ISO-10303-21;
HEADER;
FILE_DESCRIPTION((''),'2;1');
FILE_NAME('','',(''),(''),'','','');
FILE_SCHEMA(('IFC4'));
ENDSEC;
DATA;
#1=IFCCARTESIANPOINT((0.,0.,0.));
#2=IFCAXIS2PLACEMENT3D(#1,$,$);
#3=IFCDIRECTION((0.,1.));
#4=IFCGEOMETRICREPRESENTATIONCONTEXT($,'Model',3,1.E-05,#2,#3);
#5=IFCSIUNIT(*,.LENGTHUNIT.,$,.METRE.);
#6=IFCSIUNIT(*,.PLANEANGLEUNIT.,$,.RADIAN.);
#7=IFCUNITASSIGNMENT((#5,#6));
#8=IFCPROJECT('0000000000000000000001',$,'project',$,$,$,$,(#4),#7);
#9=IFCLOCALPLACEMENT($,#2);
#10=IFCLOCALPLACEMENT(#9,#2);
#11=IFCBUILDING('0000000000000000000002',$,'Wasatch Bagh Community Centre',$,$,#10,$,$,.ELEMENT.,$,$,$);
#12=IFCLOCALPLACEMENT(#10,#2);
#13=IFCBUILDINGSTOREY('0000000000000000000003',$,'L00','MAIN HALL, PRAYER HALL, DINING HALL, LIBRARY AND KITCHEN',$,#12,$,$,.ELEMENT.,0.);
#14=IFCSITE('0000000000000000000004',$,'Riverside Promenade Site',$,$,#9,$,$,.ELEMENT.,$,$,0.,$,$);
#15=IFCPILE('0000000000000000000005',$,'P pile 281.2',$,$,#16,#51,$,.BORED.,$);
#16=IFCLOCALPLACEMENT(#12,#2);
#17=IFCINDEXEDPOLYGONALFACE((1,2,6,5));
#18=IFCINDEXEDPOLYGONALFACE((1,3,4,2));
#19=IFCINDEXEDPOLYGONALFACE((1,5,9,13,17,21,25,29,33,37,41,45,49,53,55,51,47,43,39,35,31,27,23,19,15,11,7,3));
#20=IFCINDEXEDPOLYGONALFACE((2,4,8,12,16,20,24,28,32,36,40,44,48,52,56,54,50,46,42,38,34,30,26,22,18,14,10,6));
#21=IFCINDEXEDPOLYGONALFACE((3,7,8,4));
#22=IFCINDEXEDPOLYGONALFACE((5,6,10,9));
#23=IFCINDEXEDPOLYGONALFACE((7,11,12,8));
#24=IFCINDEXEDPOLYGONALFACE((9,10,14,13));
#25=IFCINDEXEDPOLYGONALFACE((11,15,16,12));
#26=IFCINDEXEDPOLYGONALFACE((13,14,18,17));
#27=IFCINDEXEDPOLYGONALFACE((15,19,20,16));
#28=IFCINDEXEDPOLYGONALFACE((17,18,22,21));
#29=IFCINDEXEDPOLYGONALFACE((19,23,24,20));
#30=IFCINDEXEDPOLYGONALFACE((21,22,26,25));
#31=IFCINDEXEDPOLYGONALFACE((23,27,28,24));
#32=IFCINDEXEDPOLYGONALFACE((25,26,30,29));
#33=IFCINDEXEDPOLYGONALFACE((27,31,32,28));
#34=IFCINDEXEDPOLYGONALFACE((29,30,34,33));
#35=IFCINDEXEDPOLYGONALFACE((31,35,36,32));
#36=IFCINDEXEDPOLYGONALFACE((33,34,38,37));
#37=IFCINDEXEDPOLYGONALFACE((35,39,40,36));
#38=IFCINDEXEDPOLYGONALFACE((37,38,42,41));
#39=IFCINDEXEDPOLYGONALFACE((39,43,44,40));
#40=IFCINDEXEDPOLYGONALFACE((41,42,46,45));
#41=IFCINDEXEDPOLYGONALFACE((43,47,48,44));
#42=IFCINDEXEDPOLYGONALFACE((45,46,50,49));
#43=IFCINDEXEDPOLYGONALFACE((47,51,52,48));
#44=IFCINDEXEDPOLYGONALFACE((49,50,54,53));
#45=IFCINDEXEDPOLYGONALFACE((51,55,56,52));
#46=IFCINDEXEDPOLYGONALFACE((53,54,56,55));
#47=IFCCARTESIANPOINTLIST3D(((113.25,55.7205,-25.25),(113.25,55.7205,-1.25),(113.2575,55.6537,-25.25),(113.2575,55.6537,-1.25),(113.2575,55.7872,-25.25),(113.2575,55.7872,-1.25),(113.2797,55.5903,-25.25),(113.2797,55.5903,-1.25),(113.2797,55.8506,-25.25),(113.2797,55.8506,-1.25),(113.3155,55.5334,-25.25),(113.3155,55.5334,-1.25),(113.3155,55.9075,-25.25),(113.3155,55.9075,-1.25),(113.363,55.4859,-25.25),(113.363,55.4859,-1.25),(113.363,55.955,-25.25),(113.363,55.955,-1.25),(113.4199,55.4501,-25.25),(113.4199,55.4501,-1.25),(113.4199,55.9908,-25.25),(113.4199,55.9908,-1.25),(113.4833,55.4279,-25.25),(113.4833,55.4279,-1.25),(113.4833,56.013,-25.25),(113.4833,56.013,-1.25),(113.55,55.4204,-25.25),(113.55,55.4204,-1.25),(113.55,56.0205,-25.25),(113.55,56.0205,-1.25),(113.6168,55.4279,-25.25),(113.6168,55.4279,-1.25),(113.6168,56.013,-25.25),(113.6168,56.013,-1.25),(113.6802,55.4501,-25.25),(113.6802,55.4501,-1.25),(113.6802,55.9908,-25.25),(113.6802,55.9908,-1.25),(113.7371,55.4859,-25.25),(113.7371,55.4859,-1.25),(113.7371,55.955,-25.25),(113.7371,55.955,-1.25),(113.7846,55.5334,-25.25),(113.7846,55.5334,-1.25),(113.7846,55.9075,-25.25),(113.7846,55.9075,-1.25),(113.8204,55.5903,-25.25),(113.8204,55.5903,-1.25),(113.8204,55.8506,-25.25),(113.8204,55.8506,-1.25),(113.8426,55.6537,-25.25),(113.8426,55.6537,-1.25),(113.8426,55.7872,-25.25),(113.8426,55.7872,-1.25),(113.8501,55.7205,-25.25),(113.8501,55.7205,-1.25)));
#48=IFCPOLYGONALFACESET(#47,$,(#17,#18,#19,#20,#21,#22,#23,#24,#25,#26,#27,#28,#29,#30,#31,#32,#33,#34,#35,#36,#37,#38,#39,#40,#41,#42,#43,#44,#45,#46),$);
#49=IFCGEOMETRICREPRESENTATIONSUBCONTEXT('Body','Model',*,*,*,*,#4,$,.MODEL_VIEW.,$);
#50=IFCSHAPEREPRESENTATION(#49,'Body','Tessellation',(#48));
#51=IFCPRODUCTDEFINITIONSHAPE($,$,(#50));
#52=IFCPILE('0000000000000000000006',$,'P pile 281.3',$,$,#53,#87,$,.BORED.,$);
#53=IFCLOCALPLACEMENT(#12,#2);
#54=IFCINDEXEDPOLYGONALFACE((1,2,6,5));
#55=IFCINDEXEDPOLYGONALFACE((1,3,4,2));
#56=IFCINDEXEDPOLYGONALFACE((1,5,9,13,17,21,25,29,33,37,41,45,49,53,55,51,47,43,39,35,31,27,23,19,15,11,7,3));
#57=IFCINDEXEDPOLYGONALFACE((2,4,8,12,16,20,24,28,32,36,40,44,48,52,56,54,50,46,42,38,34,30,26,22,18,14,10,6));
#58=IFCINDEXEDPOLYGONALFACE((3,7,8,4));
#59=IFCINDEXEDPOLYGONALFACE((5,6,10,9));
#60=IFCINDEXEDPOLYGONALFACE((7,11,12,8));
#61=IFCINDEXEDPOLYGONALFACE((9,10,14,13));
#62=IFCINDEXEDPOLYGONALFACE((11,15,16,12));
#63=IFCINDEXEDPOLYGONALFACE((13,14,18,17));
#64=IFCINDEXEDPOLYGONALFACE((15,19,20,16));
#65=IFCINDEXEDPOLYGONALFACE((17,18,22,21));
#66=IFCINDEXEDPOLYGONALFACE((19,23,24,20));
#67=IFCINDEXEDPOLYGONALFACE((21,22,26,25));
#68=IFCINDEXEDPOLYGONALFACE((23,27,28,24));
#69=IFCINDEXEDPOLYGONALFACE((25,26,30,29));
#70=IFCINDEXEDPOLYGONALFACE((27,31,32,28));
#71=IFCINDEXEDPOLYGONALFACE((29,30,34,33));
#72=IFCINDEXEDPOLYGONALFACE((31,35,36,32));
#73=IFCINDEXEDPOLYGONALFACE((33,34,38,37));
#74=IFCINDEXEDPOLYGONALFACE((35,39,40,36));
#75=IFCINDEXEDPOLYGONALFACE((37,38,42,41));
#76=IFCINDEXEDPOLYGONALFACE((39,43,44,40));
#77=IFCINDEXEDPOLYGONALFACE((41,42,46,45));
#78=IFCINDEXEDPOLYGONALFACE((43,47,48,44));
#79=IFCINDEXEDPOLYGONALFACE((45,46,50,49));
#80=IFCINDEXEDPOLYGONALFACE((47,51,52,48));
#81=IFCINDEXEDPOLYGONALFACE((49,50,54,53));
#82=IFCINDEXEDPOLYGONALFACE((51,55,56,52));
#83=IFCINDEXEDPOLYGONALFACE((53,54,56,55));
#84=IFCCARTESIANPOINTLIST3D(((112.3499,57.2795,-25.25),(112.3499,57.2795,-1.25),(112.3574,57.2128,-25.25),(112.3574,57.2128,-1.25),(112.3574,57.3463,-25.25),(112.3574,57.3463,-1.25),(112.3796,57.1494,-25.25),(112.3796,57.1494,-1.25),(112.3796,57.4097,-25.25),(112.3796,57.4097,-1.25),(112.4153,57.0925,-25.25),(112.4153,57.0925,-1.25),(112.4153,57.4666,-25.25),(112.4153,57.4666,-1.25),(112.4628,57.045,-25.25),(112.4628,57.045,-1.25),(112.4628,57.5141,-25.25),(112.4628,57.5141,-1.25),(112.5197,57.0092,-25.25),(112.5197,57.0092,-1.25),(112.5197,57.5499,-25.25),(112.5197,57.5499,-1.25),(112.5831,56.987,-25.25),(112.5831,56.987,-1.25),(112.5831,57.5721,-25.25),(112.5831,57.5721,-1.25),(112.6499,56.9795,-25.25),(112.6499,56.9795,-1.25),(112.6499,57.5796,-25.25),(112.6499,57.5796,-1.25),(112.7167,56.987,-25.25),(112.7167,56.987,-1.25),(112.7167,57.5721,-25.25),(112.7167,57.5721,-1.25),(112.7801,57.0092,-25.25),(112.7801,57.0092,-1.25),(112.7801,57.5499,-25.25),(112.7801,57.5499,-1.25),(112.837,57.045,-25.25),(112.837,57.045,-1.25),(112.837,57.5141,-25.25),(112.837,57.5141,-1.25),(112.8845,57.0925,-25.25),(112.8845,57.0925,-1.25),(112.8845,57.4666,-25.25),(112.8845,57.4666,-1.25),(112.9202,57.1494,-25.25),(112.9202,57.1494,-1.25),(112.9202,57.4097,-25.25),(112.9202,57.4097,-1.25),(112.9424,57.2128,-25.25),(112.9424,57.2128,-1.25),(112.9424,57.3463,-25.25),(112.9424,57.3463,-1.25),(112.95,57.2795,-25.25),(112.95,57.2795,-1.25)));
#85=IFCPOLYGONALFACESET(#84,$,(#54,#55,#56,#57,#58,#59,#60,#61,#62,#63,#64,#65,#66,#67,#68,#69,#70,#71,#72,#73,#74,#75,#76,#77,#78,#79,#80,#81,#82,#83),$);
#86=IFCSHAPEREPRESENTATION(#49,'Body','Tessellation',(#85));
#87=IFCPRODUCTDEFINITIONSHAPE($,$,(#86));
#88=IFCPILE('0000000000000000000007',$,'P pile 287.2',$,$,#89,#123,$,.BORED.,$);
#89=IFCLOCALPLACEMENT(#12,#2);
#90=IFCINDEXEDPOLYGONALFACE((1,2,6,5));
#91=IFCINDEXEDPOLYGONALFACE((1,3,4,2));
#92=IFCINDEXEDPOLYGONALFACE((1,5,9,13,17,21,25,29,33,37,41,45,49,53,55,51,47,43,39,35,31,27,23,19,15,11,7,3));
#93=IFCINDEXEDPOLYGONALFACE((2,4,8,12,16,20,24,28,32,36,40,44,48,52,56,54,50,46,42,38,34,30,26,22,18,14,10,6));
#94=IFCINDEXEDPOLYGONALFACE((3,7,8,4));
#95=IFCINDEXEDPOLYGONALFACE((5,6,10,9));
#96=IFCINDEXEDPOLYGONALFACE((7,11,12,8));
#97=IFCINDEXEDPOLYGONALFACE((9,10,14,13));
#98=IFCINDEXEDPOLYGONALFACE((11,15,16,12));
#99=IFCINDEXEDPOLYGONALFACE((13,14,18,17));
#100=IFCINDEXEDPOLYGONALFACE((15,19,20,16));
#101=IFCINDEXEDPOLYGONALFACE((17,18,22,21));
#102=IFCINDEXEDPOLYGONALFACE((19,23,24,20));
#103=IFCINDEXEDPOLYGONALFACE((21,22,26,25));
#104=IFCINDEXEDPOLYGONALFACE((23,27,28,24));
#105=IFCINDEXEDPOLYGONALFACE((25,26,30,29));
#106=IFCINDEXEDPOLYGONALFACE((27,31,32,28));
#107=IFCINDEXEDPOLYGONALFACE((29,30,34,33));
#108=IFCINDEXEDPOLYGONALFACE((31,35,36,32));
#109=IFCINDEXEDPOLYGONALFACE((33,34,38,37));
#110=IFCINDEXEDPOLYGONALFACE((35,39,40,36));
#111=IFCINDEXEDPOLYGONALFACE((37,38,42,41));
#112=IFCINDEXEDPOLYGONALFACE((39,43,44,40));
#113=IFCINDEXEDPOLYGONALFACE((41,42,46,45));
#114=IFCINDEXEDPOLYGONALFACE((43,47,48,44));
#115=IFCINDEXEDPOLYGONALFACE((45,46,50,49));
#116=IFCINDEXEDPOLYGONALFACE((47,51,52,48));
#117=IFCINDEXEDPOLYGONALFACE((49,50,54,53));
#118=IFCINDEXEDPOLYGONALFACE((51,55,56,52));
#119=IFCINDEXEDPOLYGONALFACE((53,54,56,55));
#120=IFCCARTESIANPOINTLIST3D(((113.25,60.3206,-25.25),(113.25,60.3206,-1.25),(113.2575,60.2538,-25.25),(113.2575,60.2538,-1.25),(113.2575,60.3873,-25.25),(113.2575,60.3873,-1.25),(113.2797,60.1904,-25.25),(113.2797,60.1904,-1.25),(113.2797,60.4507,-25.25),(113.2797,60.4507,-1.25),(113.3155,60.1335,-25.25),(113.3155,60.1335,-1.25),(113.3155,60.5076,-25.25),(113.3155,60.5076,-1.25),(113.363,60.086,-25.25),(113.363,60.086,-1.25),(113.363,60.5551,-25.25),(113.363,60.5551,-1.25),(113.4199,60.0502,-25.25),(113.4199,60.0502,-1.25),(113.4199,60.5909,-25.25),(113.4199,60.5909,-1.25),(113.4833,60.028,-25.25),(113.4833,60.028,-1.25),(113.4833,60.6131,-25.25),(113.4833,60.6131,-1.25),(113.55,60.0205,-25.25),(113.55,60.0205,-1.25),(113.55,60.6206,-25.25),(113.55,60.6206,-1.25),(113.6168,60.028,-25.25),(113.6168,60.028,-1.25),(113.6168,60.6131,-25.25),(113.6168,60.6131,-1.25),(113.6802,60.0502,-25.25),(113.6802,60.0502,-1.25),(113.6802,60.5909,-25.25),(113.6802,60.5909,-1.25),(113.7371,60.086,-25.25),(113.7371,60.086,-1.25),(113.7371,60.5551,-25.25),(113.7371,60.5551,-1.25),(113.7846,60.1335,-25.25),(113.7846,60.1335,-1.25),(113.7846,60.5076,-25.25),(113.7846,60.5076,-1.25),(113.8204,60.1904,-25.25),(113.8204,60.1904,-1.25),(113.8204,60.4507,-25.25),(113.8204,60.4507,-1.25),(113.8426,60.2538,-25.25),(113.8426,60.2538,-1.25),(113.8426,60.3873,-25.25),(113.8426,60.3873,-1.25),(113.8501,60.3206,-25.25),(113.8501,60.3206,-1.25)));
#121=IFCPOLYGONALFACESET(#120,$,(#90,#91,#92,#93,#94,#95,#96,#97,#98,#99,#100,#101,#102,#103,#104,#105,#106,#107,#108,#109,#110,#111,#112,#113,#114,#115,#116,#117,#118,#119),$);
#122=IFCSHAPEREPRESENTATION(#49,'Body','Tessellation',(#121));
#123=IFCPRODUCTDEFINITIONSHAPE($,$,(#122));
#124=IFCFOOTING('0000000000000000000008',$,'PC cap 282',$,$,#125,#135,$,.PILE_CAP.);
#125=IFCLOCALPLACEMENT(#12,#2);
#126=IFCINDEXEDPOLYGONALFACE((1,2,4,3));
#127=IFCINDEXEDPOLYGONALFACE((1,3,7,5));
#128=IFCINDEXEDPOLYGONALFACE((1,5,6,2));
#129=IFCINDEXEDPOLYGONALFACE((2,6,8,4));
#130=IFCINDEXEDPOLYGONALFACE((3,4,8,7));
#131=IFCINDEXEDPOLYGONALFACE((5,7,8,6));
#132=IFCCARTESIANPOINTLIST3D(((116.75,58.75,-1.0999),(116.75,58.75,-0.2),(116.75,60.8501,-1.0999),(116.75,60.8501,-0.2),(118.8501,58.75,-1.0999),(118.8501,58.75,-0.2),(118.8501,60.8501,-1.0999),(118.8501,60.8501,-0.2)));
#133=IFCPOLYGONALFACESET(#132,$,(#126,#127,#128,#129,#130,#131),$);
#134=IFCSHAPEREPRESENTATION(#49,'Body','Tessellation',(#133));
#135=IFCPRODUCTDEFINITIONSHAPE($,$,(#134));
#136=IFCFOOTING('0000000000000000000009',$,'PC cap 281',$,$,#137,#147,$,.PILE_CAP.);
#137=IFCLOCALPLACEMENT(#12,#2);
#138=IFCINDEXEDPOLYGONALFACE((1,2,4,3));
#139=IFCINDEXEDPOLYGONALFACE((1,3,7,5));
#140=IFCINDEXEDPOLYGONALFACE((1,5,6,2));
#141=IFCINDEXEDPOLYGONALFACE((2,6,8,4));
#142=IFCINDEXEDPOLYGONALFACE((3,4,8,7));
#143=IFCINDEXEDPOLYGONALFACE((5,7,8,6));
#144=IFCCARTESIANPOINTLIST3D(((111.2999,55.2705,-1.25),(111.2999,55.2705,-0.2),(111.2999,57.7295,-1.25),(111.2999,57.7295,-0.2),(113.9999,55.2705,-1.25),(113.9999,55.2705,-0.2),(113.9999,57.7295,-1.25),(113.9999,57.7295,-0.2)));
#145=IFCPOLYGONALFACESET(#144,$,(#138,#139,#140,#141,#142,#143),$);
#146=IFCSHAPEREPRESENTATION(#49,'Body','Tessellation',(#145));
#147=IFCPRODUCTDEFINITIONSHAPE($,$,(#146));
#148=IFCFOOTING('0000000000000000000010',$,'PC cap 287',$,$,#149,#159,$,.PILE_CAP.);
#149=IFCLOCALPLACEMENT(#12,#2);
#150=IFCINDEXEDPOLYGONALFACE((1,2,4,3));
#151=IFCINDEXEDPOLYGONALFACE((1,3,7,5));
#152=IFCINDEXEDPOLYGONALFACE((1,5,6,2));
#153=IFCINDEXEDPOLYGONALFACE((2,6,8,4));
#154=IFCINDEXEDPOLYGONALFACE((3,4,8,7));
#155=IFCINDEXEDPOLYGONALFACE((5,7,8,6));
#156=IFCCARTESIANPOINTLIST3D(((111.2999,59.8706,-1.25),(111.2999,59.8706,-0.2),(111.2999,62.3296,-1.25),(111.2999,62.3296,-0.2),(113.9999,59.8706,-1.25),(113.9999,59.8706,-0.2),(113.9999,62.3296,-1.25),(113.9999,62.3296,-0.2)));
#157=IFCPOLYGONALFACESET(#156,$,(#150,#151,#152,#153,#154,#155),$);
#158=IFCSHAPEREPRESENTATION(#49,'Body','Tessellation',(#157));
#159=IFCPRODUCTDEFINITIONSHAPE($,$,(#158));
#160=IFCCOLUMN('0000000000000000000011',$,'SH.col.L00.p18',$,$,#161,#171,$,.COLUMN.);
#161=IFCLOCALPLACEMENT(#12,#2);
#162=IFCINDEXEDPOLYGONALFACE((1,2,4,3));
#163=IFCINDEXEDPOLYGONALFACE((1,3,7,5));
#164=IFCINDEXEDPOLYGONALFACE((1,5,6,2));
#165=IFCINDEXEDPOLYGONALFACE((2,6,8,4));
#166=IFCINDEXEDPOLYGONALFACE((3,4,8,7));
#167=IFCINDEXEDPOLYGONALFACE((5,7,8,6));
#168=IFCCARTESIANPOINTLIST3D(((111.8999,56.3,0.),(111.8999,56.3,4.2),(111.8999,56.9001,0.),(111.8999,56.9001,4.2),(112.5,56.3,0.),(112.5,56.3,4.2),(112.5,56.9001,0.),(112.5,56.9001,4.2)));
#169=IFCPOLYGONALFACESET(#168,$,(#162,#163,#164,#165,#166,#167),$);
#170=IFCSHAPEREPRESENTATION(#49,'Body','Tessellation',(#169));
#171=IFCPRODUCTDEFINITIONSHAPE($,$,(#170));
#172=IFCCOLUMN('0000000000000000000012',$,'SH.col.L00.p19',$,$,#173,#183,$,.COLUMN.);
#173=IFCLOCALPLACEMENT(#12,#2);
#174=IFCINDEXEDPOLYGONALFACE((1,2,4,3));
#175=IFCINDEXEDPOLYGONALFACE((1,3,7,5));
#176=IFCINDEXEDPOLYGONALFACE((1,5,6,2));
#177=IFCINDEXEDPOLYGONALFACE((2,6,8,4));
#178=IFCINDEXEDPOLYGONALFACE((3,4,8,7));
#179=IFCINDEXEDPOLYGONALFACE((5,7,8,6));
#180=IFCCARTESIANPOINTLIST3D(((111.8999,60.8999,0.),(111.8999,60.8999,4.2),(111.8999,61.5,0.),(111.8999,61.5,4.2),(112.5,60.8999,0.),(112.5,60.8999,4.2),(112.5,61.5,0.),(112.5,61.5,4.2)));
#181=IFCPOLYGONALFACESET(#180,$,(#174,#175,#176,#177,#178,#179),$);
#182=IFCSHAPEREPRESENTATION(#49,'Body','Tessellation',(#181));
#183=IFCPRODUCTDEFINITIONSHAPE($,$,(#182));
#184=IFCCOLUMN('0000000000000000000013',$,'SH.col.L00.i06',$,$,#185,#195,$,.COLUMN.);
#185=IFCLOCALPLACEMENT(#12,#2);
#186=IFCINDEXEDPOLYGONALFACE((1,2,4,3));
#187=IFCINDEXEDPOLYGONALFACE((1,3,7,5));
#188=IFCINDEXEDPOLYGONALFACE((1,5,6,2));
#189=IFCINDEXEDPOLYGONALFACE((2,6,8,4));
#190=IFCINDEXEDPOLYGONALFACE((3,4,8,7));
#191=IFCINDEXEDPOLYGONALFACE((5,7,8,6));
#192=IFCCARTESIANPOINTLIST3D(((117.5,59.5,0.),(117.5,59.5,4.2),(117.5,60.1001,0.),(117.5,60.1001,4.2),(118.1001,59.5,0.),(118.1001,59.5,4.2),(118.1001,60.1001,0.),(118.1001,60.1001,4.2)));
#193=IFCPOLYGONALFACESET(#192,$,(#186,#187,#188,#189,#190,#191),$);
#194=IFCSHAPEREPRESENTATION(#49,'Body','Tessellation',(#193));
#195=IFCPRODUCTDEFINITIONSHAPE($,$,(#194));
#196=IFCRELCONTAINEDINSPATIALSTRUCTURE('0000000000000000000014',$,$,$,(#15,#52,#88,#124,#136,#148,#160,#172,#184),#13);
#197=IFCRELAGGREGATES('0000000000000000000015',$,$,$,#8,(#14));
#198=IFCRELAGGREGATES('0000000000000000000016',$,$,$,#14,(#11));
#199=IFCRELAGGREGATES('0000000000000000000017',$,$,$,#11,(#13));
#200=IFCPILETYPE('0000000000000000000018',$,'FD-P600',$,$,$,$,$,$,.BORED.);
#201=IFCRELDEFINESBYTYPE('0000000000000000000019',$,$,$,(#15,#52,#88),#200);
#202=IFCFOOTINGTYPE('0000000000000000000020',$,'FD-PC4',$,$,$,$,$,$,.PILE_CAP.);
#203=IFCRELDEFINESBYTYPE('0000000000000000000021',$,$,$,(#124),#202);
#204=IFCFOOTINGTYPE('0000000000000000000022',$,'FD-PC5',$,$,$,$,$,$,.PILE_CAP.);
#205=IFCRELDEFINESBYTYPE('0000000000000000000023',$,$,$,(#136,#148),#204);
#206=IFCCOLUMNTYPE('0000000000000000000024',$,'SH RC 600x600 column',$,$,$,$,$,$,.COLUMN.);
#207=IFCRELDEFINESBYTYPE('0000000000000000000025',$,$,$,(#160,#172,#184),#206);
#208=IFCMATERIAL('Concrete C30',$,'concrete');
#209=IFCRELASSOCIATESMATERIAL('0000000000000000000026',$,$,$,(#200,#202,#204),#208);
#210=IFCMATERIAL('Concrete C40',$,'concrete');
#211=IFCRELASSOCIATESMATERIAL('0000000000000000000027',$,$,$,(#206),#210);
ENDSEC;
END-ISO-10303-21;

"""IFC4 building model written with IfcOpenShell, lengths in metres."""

from ifc_helpers import new_model, si_unit, direction, frame, origin, origin_2d, place, context, subcontext, project, spatial, rectangle, circle, extrude, material, material_profile, profile_set, type_object, element, save


model = new_model("IFC4")

# Units and contexts
model_context = context("Model", 3, precision=1e-05, world=origin(), true_north=direction((0.0, 1.0)))
body_context = subcontext(model_context, "Body", "Model", "MODEL_VIEW")
ifc_project = project(units=[si_unit("LENGTHUNIT", "METRE"), si_unit("PLANEANGLEUNIT", "RADIAN")], contexts=[model_context])

# Site, building, storey
site_placement = place(None, origin())
site = spatial("IfcSite", under=ifc_project, at=site_placement, Name="Riverside Promenade Site", CompositionType="ELEMENT", RefElevation=0.0)
building_placement = place(site_placement, origin())
building = spatial("IfcBuilding", under=site, at=building_placement, Name="Wasatch Bagh Community Centre", CompositionType="ELEMENT")
storey_placement = place(building_placement, origin())
storey = spatial("IfcBuildingStorey", under=building, at=storey_placement, Name="L00", Description="MAIN HALL, PRAYER HALL, DINING HALL, LIBRARY AND KITCHEN", CompositionType="ELEMENT", Elevation=0.0)

# Piles
ifc_material_1 = material(Name="Concrete C30", Category="concrete")
ifc_material_profile_1 = material_profile(ifc_material_1, circle(Radius=0.3, at=origin_2d()), Name="RC D600")
ifc_profile_set_1 = profile_set([ifc_material_profile_1], Name="Concrete C30")
pile_type_1 = type_object("IfcPileType", Name="FD-P600", PredefinedType="BORED", material=ifc_profile_set_1)
for number, where, z_axis, x_axis, name in (
    (1, (113.55, 55.7205, -1.25), (0.0, 0.0, -1.0), (1.0, 0.0, 0.0), "P pile 281.2"),
    (2, (112.6499, 57.2795, -1.25), (0.0, 0.0, -1.0), (1.0, 0.0, 0.0), "P pile 281.3"),
    (3, (113.55, 60.3206, -1.25), (0.0, 0.0, -1.0), (1.0, 0.0, 0.0), "P pile 287.2"),
):
    element("IfcPile", number, at=place(storey_placement, frame(where, z_axis=z_axis, x_axis=x_axis)), inside=storey, type_object=pile_type_1, Name=name, PredefinedType="BORED", context=body_context, shape_type="SweptSolid", body=[
        extrude(circle(Radius=0.3, at=origin_2d()), origin(), (0.0, 0.0, 1.0), 24.0),
    ])

# Footings
footing_type_1 = type_object("IfcFootingType", Name="FD-PC4", PredefinedType="PILE_CAP", material=ifc_material_1)
footing_1_placement = place(storey_placement, frame((117.8, 59.8, -1.0999), z_axis=(0.0, 0.0, 1.0), x_axis=(1.0, 0.0, 0.0)))
element("IfcFooting", 4, at=footing_1_placement, inside=storey, type_object=footing_type_1, Name="PC cap 282", PredefinedType="PILE_CAP", context=body_context, shape_type="SweptSolid", body=[
    extrude(rectangle(XDim=2.1001, YDim=2.1001, at=origin_2d()), origin(), (0.0, 0.0, 1.0), 0.8999),
])
footing_type_2 = type_object("IfcFootingType", Name="FD-PC5", PredefinedType="PILE_CAP", material=ifc_material_1)
for number, where, z_axis, x_axis, name in (
    (5, (112.6499, 56.5, -1.25), (0.0, 0.0, 1.0), (1.0, 0.0, 0.0), "PC cap 281"),
    (6, (112.6499, 61.1001, -1.25), (0.0, 0.0, 1.0), (1.0, 0.0, 0.0), "PC cap 287"),
):
    element("IfcFooting", number, at=place(storey_placement, frame(where, z_axis=z_axis, x_axis=x_axis)), inside=storey, type_object=footing_type_2, Name=name, PredefinedType="PILE_CAP", context=body_context, shape_type="SweptSolid", body=[
        extrude(rectangle(XDim=2.7, YDim=2.459, at=origin_2d()), origin(), (0.0, 0.0, 1.0), 1.05),
    ])

# Columns
ifc_material_2 = material(Name="Concrete C40", Category="concrete")
ifc_material_profile_2 = material_profile(ifc_material_2, rectangle(XDim=0.6001, YDim=0.6001, at=origin_2d()), Name="RC 600x600")
ifc_profile_set_2 = profile_set([ifc_material_profile_2], Name="Concrete C40")
column_type = type_object("IfcColumnType", Name="SH RC 600x600 column", PredefinedType="COLUMN", material=ifc_profile_set_2)
for number, where, z_axis, x_axis, name in (
    (7, (112.2, 56.6001, 0.0), (0.0, 0.0, 1.0), (1.0, 0.0, 0.0), "SH.col.L00.p18"),
    (8, (112.2, 61.2, 0.0), (0.0, 0.0, 1.0), (1.0, 0.0, 0.0), "SH.col.L00.p19"),
    (9, (117.8, 59.8, 0.0), (0.0, 0.0, 1.0), (1.0, 0.0, 0.0), "SH.col.L00.i06"),
):
    element("IfcColumn", number, at=place(storey_placement, frame(where, z_axis=z_axis, x_axis=x_axis)), inside=storey, type_object=column_type, Name=name, PredefinedType="COLUMN", context=body_context, shape_type="SweptSolid", body=[
        extrude(rectangle(XDim=0.6001, YDim=0.6001, at=origin_2d()), origin(), (0.0, 0.0, 1.0), 4.2),
    ])

save(model, "model.ifc")
